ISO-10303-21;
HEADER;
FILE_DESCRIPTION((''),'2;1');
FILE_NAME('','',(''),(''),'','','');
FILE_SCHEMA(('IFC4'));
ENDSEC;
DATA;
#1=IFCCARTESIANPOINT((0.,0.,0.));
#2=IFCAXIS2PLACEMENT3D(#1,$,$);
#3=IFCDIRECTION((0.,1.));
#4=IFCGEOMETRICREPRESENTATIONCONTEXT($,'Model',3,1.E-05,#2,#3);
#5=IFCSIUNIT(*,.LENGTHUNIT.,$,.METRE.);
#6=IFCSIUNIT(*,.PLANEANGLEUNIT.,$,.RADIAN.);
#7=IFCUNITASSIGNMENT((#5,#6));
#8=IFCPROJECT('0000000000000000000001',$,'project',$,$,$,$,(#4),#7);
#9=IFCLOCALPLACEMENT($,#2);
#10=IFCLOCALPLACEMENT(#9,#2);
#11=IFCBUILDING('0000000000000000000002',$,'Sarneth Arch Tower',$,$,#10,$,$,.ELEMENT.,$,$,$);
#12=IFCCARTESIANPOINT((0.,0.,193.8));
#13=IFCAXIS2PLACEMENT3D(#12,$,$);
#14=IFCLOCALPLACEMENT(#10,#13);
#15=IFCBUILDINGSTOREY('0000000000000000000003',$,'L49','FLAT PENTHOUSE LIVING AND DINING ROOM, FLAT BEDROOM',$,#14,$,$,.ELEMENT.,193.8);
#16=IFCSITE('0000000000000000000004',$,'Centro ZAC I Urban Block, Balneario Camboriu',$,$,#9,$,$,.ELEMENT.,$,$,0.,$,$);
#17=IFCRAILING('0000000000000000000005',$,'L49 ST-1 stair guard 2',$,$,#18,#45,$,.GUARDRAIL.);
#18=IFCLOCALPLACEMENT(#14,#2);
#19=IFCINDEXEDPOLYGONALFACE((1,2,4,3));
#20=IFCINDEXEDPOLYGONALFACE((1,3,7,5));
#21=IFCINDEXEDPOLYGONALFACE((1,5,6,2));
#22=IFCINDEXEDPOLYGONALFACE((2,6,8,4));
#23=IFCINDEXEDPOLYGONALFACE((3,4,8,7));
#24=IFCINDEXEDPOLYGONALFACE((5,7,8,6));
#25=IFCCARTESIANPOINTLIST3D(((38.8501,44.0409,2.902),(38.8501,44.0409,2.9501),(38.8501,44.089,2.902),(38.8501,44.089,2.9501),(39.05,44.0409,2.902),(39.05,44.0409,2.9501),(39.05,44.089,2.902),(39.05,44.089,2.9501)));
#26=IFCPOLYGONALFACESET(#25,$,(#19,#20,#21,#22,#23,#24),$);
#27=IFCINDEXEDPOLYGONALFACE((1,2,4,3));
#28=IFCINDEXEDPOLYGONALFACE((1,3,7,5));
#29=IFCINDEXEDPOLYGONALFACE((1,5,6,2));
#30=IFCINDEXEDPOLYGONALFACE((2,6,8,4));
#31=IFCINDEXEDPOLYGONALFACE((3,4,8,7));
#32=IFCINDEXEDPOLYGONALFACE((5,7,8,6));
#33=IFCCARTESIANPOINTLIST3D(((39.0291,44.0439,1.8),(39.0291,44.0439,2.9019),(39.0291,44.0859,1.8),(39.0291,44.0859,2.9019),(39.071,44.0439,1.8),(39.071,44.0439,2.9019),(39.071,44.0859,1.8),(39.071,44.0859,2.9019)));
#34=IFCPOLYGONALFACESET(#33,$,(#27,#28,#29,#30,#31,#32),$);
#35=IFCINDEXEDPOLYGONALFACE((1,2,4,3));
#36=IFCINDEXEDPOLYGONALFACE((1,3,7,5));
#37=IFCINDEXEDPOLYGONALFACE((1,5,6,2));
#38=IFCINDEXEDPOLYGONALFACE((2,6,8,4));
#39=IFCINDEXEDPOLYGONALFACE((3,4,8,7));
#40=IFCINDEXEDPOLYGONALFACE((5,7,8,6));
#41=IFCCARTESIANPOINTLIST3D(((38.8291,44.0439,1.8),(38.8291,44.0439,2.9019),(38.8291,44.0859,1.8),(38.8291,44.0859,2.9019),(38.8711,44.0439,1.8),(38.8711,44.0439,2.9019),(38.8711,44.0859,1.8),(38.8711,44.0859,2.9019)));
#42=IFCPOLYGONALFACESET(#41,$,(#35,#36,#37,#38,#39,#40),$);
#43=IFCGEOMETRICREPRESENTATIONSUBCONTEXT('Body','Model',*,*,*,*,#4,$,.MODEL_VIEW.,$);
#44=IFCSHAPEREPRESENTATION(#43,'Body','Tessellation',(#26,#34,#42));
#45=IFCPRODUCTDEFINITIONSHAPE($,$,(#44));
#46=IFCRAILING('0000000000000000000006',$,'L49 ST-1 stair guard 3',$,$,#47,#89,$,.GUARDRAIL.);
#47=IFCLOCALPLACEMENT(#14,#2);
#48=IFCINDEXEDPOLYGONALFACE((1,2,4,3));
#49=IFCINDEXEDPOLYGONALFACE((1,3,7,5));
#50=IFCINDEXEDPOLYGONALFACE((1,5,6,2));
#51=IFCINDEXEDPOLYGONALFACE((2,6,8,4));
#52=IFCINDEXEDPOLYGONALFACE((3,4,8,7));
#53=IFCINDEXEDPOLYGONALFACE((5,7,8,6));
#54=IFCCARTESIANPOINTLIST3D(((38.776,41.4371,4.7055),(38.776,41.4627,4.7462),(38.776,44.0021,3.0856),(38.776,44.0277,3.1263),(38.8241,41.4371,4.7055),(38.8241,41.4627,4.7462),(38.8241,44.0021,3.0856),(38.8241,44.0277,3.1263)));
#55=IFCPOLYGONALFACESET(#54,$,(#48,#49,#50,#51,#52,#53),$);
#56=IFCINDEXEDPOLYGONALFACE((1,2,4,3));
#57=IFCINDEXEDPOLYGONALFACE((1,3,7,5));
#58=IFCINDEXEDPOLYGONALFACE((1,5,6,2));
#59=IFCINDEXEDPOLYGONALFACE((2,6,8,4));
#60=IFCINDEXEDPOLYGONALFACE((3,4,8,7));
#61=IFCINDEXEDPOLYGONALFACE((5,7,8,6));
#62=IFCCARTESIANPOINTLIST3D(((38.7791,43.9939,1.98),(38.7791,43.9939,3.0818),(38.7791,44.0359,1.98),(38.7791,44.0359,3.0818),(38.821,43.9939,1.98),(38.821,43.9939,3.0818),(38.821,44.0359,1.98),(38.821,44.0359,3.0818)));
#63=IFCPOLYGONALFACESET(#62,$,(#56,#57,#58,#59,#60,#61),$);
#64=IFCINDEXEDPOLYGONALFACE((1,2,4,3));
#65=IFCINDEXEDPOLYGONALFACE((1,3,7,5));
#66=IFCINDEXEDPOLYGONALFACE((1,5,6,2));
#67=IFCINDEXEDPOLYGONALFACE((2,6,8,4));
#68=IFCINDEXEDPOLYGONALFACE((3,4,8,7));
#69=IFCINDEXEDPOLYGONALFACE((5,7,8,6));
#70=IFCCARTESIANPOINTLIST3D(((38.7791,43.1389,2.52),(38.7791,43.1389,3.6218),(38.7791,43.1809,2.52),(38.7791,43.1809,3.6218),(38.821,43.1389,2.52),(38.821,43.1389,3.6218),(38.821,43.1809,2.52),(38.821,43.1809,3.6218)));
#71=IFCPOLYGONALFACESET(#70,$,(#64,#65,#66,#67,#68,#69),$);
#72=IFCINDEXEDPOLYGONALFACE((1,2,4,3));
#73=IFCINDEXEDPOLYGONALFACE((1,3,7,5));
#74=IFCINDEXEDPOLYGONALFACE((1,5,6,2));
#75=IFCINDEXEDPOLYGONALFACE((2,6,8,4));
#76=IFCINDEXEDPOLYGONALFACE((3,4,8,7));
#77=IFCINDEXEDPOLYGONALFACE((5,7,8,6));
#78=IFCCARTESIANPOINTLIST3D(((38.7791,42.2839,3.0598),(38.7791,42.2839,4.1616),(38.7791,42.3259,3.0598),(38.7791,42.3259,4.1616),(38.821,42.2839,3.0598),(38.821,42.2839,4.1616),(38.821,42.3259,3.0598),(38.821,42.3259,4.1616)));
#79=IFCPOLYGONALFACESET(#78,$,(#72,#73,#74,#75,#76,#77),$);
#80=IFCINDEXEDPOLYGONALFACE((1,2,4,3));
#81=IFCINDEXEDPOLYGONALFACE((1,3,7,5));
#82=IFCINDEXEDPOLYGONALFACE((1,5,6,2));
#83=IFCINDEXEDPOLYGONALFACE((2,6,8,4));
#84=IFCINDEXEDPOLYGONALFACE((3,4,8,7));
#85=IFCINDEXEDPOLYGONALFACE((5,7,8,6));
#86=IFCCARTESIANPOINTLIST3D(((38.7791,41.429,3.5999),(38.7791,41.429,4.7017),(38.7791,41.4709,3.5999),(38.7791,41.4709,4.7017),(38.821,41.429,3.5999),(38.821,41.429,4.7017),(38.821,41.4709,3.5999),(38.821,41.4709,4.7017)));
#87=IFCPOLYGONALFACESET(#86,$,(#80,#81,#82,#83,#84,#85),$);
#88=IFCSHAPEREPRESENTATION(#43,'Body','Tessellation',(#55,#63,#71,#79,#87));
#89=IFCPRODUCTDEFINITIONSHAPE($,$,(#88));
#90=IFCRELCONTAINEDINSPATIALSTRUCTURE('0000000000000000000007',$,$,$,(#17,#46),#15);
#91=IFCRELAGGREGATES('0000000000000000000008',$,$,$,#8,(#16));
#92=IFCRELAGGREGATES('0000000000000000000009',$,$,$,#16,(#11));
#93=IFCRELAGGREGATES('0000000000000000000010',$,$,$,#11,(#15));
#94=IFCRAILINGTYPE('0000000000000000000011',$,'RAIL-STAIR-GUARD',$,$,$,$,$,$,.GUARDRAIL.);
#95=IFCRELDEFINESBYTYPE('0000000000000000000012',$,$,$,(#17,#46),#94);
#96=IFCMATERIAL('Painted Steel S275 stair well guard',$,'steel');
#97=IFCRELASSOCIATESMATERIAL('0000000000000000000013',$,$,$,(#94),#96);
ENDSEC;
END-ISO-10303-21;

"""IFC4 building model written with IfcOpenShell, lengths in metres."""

from ifc_helpers import new_model, si_unit, direction, frame, origin, origin_2d, place, context, subcontext, project, spatial, rectangle, extrude, material, type_object, element, save


model = new_model("IFC4")

# Units and contexts
model_context = context("Model", 3, precision=1e-05, world=origin(), true_north=direction((0.0, 1.0)))
body_context = subcontext(model_context, "Body", "Model", "MODEL_VIEW")
ifc_project = project(units=[si_unit("LENGTHUNIT", "METRE"), si_unit("PLANEANGLEUNIT", "RADIAN")], contexts=[model_context])

# Site, building, storey
site_placement = place(None, origin())
site = spatial("IfcSite", under=ifc_project, at=site_placement, Name="Centro ZAC I Urban Block, Balneario Camboriu", CompositionType="ELEMENT", RefElevation=0.0)
building_placement = place(site_placement, origin())
building = spatial("IfcBuilding", under=site, at=building_placement, Name="Sarneth Arch Tower", CompositionType="ELEMENT")
storey_placement = place(building_placement, frame((0.0, 0.0, 193.8)))
storey = spatial("IfcBuildingStorey", under=building, at=storey_placement, Name="L49", Description="FLAT PENTHOUSE LIVING AND DINING ROOM, FLAT BEDROOM", CompositionType="ELEMENT", Elevation=193.8)

# Railings
ifc_material_1 = material(Name="Painted Steel S275 stair well guard", Category="steel")
railing_type_1 = type_object("IfcRailingType", Name="RAIL-STAIR-GUARD", PredefinedType="GUARDRAIL", material=ifc_material_1)
railing_1_placement = place(storey_placement, frame((39.05, 44.0649, 1.8)))
element("IfcRailing", 1, at=railing_1_placement, inside=storey, type_object=railing_type_1, Name="L49 ST-1 stair guard 2", PredefinedType="GUARDRAIL", context=body_context, shape_type="SweptSolid", body=[
    extrude(rectangle(XDim=0.0481, YDim=0.0481, at=origin_2d()), frame((0.0, 0.0, 1.126), z_axis=(-1.0, 0.0, 0.0), x_axis=(0.0, -1.0, 0.0)), (0.0, 0.0, 1.0), 0.2),
    extrude(rectangle(XDim=0.042, YDim=0.042, at=origin_2d()), origin(), (0.0, 0.0, 1.0), 1.1018),
    extrude(rectangle(XDim=0.042, YDim=0.042, at=origin_2d()), frame((-0.2, 0.0, 0.0)), (0.0, 0.0, 1.0), 1.1018),
])
railing_2_placement = place(storey_placement, frame((38.8, 44.0149, 1.98)))
element("IfcRailing", 2, at=railing_2_placement, inside=storey, type_object=railing_type_1, Name="L49 ST-1 stair guard 3", PredefinedType="GUARDRAIL", context=body_context, shape_type="SweptSolid", body=[
    extrude(rectangle(XDim=0.0481, YDim=0.0481, at=origin_2d()), frame((0.0, 0.0, 1.126), z_axis=(0.0, -0.845502, 0.533972), x_axis=(1.0, 0.0, 0.0)), (0.0, 0.0, 1.0), 3.0337),
    extrude(rectangle(XDim=0.042, YDim=0.042, at=origin_2d()), origin(), (0.0, 0.0, 1.0), 1.1018),
    extrude(rectangle(XDim=0.042, YDim=0.042, at=origin_2d()), frame((0.0, -0.855, 0.54)), (0.0, 0.0, 1.0), 1.1018),
    extrude(rectangle(XDim=0.042, YDim=0.042, at=origin_2d()), frame((0.0, -1.71, 1.0798)), (0.0, 0.0, 1.0), 1.1018),
    extrude(rectangle(XDim=0.042, YDim=0.042, at=origin_2d()), frame((0.0, -2.5649, 1.6199)), (0.0, 0.0, 1.0), 1.1018),
])

save(model, "model.ifc")
